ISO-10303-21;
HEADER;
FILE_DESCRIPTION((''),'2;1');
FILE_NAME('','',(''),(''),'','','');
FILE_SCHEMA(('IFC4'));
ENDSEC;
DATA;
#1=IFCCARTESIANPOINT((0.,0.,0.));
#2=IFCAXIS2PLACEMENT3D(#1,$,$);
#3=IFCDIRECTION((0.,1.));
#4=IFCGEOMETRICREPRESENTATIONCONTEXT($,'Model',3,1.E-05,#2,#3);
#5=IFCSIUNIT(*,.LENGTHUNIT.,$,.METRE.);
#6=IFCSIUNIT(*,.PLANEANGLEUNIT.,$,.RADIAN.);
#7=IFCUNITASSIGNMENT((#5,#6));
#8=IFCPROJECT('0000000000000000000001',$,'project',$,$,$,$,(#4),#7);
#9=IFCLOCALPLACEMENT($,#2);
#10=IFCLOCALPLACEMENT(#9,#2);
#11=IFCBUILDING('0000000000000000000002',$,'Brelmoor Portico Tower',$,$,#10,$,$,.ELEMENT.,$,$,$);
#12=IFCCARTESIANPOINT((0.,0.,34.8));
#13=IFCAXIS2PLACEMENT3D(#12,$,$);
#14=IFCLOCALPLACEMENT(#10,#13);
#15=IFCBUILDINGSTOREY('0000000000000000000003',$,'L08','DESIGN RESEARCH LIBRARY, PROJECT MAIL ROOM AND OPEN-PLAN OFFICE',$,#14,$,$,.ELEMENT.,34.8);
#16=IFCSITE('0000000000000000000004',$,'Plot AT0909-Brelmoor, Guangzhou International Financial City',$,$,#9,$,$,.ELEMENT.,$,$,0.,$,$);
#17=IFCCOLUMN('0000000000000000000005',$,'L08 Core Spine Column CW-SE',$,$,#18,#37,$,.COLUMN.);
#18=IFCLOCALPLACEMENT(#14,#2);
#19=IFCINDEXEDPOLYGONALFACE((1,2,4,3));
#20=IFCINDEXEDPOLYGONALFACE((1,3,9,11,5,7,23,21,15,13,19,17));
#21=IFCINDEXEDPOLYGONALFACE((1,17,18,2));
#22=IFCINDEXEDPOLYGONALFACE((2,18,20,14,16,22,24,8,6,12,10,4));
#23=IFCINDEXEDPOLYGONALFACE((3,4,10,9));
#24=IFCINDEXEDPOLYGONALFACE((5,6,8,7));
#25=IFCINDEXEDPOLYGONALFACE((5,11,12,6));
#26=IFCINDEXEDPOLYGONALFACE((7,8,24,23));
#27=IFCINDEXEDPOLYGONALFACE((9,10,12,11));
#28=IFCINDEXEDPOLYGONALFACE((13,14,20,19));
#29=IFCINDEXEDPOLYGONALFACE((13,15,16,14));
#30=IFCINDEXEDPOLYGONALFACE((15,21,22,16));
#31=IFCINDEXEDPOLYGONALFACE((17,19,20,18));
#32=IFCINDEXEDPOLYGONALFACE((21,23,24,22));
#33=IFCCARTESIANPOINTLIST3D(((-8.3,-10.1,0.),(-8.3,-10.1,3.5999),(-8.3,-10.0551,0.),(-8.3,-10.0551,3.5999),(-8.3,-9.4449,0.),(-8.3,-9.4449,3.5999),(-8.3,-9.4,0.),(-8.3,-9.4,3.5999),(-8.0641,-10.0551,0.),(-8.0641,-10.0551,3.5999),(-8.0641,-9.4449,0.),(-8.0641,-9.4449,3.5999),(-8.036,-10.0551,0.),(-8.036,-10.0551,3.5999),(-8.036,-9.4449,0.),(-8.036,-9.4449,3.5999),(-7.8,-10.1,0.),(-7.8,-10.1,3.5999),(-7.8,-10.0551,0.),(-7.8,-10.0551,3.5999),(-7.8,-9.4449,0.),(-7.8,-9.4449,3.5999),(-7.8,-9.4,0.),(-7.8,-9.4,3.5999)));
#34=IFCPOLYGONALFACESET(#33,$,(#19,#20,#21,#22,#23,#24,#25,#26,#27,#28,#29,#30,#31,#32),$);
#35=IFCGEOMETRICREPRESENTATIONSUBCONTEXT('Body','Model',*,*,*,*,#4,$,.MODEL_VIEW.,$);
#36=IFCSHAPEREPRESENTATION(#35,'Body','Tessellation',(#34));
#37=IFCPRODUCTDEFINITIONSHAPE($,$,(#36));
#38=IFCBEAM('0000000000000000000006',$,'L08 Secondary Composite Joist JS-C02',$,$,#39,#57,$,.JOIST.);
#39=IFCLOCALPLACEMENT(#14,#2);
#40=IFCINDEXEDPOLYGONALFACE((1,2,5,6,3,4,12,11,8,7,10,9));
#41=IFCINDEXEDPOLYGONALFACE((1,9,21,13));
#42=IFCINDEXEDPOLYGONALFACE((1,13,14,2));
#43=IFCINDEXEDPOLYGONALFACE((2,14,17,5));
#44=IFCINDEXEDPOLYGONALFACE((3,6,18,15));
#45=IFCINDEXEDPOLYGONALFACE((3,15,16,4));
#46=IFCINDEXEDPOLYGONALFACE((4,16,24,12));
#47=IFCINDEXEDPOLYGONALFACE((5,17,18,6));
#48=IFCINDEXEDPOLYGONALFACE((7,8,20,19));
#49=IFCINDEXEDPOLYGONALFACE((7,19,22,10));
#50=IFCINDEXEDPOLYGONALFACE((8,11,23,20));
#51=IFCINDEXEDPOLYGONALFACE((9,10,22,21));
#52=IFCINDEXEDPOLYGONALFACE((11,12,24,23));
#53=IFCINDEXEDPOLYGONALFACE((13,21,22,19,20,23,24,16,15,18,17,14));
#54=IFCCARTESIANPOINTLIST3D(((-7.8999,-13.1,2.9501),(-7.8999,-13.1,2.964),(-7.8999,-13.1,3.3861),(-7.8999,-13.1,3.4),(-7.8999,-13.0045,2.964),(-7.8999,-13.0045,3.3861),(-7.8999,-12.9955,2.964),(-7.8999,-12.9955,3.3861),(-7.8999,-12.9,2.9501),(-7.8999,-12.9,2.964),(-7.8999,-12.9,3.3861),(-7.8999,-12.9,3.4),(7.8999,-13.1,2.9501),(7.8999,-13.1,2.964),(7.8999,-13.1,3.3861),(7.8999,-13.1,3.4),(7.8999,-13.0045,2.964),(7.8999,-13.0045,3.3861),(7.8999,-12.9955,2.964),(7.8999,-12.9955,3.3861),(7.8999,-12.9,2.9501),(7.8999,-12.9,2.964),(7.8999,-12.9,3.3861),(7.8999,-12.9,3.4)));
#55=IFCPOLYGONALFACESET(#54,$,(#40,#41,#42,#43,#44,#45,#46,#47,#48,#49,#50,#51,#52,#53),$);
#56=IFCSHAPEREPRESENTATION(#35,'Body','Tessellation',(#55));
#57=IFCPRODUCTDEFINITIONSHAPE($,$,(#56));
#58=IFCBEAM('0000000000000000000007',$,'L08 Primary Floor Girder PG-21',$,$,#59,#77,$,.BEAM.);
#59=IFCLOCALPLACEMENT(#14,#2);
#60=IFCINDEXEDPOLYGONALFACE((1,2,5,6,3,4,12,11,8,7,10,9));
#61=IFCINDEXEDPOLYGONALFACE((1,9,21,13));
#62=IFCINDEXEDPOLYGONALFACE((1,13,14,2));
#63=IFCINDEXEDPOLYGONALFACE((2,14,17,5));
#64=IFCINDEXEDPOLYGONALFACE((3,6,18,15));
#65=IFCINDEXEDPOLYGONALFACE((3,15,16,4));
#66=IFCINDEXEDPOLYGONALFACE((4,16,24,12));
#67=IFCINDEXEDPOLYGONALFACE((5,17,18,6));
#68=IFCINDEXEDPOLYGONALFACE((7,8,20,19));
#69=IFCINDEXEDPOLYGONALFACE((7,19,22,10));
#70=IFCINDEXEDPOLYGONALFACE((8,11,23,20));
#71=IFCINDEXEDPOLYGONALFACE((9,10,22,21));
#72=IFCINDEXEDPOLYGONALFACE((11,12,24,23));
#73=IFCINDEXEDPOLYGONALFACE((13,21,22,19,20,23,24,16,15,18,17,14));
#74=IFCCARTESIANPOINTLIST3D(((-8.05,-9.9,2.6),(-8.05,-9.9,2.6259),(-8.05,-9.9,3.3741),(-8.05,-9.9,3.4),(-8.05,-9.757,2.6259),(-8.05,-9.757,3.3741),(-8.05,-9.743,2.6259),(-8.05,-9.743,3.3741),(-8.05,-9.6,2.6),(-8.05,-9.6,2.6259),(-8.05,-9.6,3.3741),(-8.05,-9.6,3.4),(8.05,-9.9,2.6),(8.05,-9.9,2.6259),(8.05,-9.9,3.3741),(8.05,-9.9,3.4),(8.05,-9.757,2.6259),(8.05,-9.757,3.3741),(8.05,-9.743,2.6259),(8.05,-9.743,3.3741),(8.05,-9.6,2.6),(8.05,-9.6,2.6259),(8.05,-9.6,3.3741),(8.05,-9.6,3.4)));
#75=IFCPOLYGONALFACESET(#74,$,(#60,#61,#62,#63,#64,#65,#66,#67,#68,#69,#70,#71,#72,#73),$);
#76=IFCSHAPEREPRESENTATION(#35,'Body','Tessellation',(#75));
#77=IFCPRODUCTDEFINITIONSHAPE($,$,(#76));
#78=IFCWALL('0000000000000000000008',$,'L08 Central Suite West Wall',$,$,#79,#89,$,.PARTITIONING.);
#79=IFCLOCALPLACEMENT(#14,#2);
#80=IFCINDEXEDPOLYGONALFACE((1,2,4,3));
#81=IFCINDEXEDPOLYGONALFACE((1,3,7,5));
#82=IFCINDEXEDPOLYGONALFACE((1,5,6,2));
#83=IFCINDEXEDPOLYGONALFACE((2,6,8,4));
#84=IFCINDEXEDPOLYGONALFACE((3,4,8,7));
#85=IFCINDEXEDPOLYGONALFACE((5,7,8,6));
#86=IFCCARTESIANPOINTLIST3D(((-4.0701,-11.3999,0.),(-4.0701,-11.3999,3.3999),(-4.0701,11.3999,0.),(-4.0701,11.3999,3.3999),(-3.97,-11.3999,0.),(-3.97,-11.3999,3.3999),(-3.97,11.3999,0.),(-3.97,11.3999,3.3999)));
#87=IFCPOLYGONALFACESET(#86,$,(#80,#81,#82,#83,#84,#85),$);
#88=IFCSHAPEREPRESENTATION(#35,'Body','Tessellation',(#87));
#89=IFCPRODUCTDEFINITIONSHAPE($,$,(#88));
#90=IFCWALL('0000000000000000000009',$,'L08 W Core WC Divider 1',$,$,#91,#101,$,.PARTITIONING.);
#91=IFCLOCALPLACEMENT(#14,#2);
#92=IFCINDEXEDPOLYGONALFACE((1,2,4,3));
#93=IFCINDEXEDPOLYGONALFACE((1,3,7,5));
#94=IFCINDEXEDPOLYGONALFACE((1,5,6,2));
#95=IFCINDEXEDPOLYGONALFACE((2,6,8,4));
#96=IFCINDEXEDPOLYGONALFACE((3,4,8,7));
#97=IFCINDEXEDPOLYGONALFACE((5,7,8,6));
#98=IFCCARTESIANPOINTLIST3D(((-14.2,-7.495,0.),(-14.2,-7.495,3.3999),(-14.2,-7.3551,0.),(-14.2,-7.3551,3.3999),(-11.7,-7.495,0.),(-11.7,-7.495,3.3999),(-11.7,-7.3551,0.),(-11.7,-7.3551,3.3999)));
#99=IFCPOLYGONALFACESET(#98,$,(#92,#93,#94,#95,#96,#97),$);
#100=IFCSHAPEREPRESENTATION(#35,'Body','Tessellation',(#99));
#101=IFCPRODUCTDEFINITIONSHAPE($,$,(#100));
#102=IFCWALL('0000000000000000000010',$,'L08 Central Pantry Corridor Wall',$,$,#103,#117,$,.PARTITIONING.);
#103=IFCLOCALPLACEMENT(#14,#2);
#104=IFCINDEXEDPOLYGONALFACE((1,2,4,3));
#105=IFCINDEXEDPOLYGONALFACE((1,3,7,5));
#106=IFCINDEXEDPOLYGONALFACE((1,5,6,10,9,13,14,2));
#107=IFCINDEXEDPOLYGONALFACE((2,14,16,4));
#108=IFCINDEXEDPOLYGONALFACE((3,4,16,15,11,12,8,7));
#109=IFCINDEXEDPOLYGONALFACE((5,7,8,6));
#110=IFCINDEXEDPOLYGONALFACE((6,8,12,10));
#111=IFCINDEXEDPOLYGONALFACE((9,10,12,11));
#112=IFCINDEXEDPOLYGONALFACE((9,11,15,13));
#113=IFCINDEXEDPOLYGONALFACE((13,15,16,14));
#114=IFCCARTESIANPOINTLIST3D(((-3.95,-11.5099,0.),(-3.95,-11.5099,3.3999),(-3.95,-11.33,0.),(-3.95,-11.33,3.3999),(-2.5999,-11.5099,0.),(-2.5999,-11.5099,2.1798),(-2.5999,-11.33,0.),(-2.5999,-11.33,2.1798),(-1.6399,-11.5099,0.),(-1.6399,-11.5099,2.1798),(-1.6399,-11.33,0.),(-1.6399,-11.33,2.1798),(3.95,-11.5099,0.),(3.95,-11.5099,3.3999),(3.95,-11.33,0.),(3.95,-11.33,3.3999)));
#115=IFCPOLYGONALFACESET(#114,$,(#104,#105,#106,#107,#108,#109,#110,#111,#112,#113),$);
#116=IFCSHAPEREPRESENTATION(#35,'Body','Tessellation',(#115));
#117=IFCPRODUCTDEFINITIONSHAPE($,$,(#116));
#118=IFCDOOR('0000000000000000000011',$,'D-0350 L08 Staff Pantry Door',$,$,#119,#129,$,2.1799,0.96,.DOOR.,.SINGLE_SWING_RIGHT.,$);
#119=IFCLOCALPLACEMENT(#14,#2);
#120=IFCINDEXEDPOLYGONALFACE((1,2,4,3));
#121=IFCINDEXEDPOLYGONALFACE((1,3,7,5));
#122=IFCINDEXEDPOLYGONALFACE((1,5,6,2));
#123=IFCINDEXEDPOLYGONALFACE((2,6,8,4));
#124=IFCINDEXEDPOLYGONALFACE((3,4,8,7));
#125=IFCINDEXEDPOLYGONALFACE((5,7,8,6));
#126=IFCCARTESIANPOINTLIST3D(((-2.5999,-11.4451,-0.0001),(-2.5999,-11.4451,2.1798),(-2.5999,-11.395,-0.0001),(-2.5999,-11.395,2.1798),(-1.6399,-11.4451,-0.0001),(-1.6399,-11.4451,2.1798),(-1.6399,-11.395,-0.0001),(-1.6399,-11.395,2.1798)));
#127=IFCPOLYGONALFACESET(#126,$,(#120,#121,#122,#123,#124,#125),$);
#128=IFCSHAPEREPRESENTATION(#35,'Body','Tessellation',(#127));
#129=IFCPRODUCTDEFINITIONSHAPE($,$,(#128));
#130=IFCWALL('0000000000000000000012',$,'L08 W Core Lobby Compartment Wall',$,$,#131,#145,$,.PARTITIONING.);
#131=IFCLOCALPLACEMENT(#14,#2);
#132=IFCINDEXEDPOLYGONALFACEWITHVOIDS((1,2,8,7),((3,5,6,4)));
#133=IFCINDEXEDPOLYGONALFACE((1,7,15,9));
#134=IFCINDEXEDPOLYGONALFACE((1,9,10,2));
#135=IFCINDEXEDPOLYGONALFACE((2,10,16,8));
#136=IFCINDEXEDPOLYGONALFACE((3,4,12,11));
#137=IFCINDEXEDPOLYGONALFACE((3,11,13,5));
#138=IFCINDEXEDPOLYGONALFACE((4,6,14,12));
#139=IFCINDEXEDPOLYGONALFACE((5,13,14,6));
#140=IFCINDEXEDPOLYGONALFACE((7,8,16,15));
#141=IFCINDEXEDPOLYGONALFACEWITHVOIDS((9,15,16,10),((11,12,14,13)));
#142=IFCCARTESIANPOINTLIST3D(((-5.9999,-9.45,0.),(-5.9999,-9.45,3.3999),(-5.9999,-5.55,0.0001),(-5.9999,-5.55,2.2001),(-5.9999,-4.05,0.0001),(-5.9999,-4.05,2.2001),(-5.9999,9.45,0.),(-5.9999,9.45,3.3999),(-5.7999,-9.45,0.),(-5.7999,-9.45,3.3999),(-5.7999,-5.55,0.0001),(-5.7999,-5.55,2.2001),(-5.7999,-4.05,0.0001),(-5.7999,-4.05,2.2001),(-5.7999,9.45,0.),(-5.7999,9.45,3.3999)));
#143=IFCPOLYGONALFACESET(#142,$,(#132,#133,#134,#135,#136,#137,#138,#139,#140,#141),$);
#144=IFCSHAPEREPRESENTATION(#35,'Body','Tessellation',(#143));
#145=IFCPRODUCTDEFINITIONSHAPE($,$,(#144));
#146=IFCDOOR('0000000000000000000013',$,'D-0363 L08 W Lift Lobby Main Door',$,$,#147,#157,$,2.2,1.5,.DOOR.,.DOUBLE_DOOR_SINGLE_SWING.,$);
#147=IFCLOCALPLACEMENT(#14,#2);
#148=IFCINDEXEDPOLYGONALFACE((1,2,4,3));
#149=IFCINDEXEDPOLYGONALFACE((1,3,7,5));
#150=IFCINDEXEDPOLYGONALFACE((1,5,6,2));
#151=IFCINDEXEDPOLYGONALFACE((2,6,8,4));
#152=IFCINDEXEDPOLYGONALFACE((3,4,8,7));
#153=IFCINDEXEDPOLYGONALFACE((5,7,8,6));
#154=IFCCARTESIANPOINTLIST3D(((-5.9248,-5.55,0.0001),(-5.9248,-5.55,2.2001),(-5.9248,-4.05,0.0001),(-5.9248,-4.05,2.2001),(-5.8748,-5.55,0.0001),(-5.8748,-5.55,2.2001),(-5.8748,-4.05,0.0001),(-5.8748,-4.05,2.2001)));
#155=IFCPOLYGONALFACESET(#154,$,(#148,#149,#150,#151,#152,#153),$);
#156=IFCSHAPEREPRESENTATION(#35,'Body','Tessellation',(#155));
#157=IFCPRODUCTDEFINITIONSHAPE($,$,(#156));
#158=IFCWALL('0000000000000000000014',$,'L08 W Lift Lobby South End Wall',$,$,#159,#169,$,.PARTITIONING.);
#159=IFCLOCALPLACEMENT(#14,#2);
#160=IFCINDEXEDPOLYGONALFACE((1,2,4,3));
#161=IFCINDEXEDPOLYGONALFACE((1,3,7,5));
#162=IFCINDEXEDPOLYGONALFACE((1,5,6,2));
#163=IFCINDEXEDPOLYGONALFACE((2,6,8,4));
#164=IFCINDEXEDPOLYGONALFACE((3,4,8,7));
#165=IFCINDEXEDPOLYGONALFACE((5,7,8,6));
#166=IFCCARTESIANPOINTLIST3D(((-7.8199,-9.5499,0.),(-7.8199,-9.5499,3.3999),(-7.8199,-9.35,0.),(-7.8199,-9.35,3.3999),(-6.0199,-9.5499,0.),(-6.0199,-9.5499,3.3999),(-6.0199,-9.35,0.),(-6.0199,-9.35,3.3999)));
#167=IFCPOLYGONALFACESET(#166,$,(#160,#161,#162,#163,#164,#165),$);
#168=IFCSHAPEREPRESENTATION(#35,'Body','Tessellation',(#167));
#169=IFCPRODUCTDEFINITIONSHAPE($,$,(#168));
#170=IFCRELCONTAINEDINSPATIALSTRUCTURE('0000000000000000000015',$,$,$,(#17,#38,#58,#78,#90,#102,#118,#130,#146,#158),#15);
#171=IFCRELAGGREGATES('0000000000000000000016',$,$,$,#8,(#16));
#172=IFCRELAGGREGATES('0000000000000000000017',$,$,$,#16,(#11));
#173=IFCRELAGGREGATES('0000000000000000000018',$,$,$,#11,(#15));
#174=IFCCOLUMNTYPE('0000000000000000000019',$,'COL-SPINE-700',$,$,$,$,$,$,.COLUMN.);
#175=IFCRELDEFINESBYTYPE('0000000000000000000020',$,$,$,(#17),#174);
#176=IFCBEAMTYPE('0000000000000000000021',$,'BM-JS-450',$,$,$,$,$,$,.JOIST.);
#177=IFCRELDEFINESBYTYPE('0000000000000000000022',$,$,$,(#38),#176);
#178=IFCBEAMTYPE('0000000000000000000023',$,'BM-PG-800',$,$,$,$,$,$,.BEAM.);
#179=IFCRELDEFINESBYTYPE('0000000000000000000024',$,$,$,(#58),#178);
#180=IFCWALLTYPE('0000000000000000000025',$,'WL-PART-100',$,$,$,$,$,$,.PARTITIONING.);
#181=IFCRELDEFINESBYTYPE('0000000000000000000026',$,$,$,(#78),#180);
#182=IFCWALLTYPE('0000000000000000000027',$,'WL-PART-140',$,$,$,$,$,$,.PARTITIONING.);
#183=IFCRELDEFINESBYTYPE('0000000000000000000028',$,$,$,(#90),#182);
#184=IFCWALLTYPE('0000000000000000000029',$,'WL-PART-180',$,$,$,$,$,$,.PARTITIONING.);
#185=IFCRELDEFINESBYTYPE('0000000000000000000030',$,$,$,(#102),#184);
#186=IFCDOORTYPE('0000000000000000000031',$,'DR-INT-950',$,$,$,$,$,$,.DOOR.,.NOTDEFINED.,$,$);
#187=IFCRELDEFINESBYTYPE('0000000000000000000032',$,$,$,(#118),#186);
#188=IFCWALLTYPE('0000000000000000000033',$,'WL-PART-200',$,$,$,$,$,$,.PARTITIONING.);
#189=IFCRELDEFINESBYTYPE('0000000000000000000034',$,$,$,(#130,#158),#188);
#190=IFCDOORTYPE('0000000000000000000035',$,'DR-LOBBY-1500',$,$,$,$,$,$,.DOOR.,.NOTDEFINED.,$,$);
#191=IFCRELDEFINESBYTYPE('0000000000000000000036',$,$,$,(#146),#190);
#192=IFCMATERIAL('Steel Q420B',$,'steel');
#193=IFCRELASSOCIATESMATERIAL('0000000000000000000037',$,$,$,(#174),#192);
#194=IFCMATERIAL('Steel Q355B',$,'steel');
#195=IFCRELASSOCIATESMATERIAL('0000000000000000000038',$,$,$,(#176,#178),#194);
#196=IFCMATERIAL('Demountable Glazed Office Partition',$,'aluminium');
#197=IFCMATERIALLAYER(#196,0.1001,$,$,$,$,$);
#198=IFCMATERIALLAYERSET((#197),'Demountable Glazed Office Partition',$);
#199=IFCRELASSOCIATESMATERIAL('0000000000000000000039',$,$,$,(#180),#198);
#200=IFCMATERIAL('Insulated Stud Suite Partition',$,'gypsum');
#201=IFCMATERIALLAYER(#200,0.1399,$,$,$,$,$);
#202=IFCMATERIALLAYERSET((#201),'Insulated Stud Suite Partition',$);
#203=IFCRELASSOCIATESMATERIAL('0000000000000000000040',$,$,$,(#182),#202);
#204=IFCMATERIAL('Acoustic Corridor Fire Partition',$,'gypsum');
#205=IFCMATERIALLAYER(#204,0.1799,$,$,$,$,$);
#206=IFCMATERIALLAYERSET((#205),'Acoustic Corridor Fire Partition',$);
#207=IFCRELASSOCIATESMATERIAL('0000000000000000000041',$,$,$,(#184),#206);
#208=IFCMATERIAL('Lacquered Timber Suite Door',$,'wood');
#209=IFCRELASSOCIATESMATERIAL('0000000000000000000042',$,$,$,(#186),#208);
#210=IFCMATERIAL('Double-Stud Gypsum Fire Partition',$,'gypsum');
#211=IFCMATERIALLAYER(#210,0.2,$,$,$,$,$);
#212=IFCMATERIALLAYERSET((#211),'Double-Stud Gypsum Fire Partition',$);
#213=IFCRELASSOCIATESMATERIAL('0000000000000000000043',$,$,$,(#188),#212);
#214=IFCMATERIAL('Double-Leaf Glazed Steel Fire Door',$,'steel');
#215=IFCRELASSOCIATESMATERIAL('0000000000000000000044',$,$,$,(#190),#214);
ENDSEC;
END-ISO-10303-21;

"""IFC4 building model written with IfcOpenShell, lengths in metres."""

from ifc_helpers import new_model, si_unit, direction, frame, frame_2d, origin, origin_2d, place, context, subcontext, project, spatial, rectangle, i_section, extrude, material, layer, layer_set, material_profile, profile_set, type_object, element, fill, save


model = new_model("IFC4")

# Units and contexts
model_context = context("Model", 3, precision=1e-05, world=origin(), true_north=direction((0.0, 1.0)))
body_context = subcontext(model_context, "Body", "Model", "MODEL_VIEW")
ifc_project = project(units=[si_unit("LENGTHUNIT", "METRE"), si_unit("PLANEANGLEUNIT", "RADIAN")], contexts=[model_context])

# Site, building, storey
site_placement = place(None, origin())
site = spatial("IfcSite", under=ifc_project, at=site_placement, Name="Plot AT0909-Brelmoor, Guangzhou International Financial City", CompositionType="ELEMENT", RefElevation=0.0)
building_placement = place(site_placement, origin())
building = spatial("IfcBuilding", under=site, at=building_placement, Name="Brelmoor Portico Tower", CompositionType="ELEMENT")
storey_placement = place(building_placement, frame((0.0, 0.0, 34.8)))
storey = spatial("IfcBuildingStorey", under=building, at=storey_placement, Name="L08", Description="DESIGN RESEARCH LIBRARY, PROJECT MAIL ROOM AND OPEN-PLAN OFFICE", CompositionType="ELEMENT", Elevation=34.8)

# Column
ifc_material_1 = material(Name="Steel Q420B", Category="steel")
ifc_material_profile_1 = material_profile(ifc_material_1, i_section(OverallWidth=0.5, OverallDepth=0.7, WebThickness=0.0281, FlangeThickness=0.0449, at=origin_2d()), Name="HW 700x500x28x45")
ifc_profile_set_1 = profile_set([ifc_material_profile_1], Name="Steel Q420B")
column_type = type_object("IfcColumnType", Name="COL-SPINE-700", PredefinedType="COLUMN", material=ifc_profile_set_1)
column_placement = place(storey_placement, frame((-8.05, -9.75, 0.0), z_axis=(0.0, 0.0, 1.0), x_axis=(1.0, 0.0, 0.0)))
element("IfcColumn", 1, at=column_placement, inside=storey, type_object=column_type, Name="L08 Core Spine Column CW-SE", PredefinedType="COLUMN", context=body_context, shape_type="SweptSolid", body=[
    extrude(i_section(OverallWidth=0.5, OverallDepth=0.7, WebThickness=0.0281, FlangeThickness=0.0449, at=origin_2d()), origin(), (0.0, 0.0, 1.0), 3.5999),
])

# Beams
ifc_material_2 = material(Name="Steel Q355B", Category="steel")
ifc_material_profile_2 = material_profile(ifc_material_2, i_section(OverallWidth=0.2, OverallDepth=0.45, WebThickness=0.009, FlangeThickness=0.0139, at=origin_2d()), Name="HN 450x200x9x14")
ifc_profile_set_2 = profile_set([ifc_material_profile_2], Name="Steel Q355B")
beam_type_1 = type_object("IfcBeamType", Name="BM-JS-450", PredefinedType="JOIST", material=ifc_profile_set_2)
beam_1_placement = place(storey_placement, frame((-7.8999, -13.0, 3.175), z_axis=(1.0, 0.0, 0.0), x_axis=(0.0, 1.0, 0.0)))
element("IfcBeam", 2, at=beam_1_placement, inside=storey, type_object=beam_type_1, Name="L08 Secondary Composite Joist JS-C02", PredefinedType="JOIST", context=body_context, shape_type="SweptSolid", body=[
    extrude(i_section(OverallWidth=0.2, OverallDepth=0.45, WebThickness=0.009, FlangeThickness=0.0139, at=origin_2d()), origin(), (0.0, 0.0, 1.0), 15.7998),
])
ifc_material_profile_3 = material_profile(ifc_material_2, i_section(OverallWidth=0.3, OverallDepth=0.8, WebThickness=0.0139, FlangeThickness=0.0259, at=origin_2d()), Name="HN 800x300x14x26")
ifc_profile_set_3 = profile_set([ifc_material_profile_3], Name="Steel Q355B")
beam_type_2 = type_object("IfcBeamType", Name="BM-PG-800", PredefinedType="BEAM", material=ifc_profile_set_3)
beam_2_placement = place(storey_placement, frame((-8.05, -9.75, 3.0), z_axis=(1.0, 0.0, 0.0), x_axis=(0.0, 1.0, 0.0)))
element("IfcBeam", 3, at=beam_2_placement, inside=storey, type_object=beam_type_2, Name="L08 Primary Floor Girder PG-21", PredefinedType="BEAM", context=body_context, shape_type="SweptSolid", body=[
    extrude(i_section(OverallWidth=0.3, OverallDepth=0.8, WebThickness=0.0139, FlangeThickness=0.0259, at=origin_2d()), origin(), (0.0, 0.0, 1.0), 16.1001),
])

# Walls
ifc_material_3 = material(Name="Demountable Glazed Office Partition", Category="aluminium")
ifc_layer_1 = layer(ifc_material_3, 0.1001)
ifc_layer_set_1 = layer_set([ifc_layer_1], Name="Demountable Glazed Office Partition")
wall_type_1 = type_object("IfcWallType", Name="WL-PART-100", PredefinedType="PARTITIONING", material=ifc_layer_set_1)
wall_1_placement = place(storey_placement, frame((-4.02, -11.3999, 0.0), z_axis=(0.0, 0.0, 1.0), x_axis=(0.0, 1.0, 0.0)))
element("IfcWall", 4, at=wall_1_placement, inside=storey, type_object=wall_type_1, Name="L08 Central Suite West Wall", PredefinedType="PARTITIONING", context=body_context, shape_type="SweptSolid", body=[
    extrude(rectangle(XDim=22.7998, YDim=0.1001, at=frame_2d((11.3999, 0.0))), origin(), (0.0, 0.0, 1.0), 3.3999),
])
ifc_material_4 = material(Name="Insulated Stud Suite Partition", Category="gypsum")
ifc_layer_2 = layer(ifc_material_4, 0.1399)
ifc_layer_set_2 = layer_set([ifc_layer_2], Name="Insulated Stud Suite Partition")
wall_type_2 = type_object("IfcWallType", Name="WL-PART-140", PredefinedType="PARTITIONING", material=ifc_layer_set_2)
wall_2_placement = place(storey_placement, frame((-11.7, -7.425, 0.0), z_axis=(0.0, 0.0, 1.0), x_axis=(-1.0, 0.0, 0.0)))
element("IfcWall", 5, at=wall_2_placement, inside=storey, type_object=wall_type_2, Name="L08 W Core WC Divider 1", PredefinedType="PARTITIONING", context=body_context, shape_type="SweptSolid", body=[
    extrude(rectangle(XDim=2.5, YDim=0.1399, at=frame_2d((1.25, 0.0))), origin(), (0.0, 0.0, 1.0), 3.3999),
])

# Shared definitions
ifc_material_5 = material(Name="Lacquered Timber Suite Door", Category="wood")

# Walls, openings, doors
ifc_material_6 = material(Name="Acoustic Corridor Fire Partition", Category="gypsum")
ifc_layer_3 = layer(ifc_material_6, 0.1799)
ifc_layer_set_3 = layer_set([ifc_layer_3], Name="Acoustic Corridor Fire Partition")
wall_type_3 = type_object("IfcWallType", Name="WL-PART-180", PredefinedType="PARTITIONING", material=ifc_layer_set_3)
wall_3_placement = place(storey_placement, frame((-3.95, -11.4199, 0.0), z_axis=(0.0, 0.0, 1.0), x_axis=(1.0, 0.0, 0.0)))
wall_3 = element("IfcWall", 6, at=wall_3_placement, inside=storey, type_object=wall_type_3, Name="L08 Central Pantry Corridor Wall", PredefinedType="PARTITIONING", context=body_context, shape_type="SweptSolid", body=[
    extrude(rectangle(XDim=7.8999, YDim=0.1799, at=frame_2d((3.95, 0.0))), origin(), (0.0, 0.0, 1.0), 3.3999),
])
opening_1_placement = place(wall_3_placement, frame((1.3501, 0.0, 0.0)))
opening_1 = element("IfcOpeningElement", 7, at=opening_1_placement, cuts=wall_3, PredefinedType="OPENING", context=body_context, shape_type="SweptSolid", body=[
    extrude(rectangle(XDim=0.96, YDim=2.1799, at=frame_2d((0.48, 1.0898))), frame((0.0, 0.0999, 0.0), z_axis=(0.0, -1.0, 0.0), x_axis=(1.0, 0.0, 0.0)), (0.0, 0.0, 1.0), 0.2),
])
door_type_1 = type_object("IfcDoorType", Name="DR-INT-950", OperationType="NOTDEFINED", PredefinedType="DOOR", material=ifc_material_5)
door_1_placement = place(opening_1_placement, origin())
door_1 = element("IfcDoor", 8, at=door_1_placement, inside=storey, type_object=door_type_1, Name="D-0350 L08 Staff Pantry Door", OperationType="SINGLE_SWING_RIGHT", OverallHeight=2.1799, OverallWidth=0.96, PredefinedType="DOOR", context=body_context, shape_type="SweptSolid", body=[
    extrude(rectangle(XDim=0.96, YDim=2.1799, at=frame_2d((0.48, 1.0898))), frame((0.0, 0.0249, 0.0), z_axis=(0.0, -1.0, 0.0), x_axis=(1.0, 0.0, 0.0)), (0.0, 0.0, 1.0), 0.05),
])
fill(opening_1, door_1)
ifc_material_7 = material(Name="Double-Stud Gypsum Fire Partition", Category="gypsum")
ifc_layer_4 = layer(ifc_material_7, 0.2)
ifc_layer_set_4 = layer_set([ifc_layer_4], Name="Double-Stud Gypsum Fire Partition")
wall_type_4 = type_object("IfcWallType", Name="WL-PART-200", PredefinedType="PARTITIONING", material=ifc_layer_set_4)
wall_4_placement = place(storey_placement, frame((-5.8999, -9.45, 0.0), z_axis=(0.0, 0.0, 1.0), x_axis=(0.0, 1.0, 0.0)))
wall_4 = element("IfcWall", 9, at=wall_4_placement, inside=storey, type_object=wall_type_4, Name="L08 W Core Lobby Compartment Wall", PredefinedType="PARTITIONING", context=body_context, shape_type="SweptSolid", body=[
    extrude(rectangle(XDim=18.8999, YDim=0.2, at=frame_2d((9.45, 0.0))), origin(), (0.0, 0.0, 1.0), 3.3999),
])
opening_2_placement = place(wall_4_placement, frame((3.8999, 0.0, 0.0)))
opening_2 = element("IfcOpeningElement", 10, at=opening_2_placement, cuts=wall_4, PredefinedType="OPENING", context=body_context, shape_type="SweptSolid", body=[
    extrude(rectangle(XDim=1.5, YDim=2.2, at=frame_2d((0.75, 1.1001))), frame((0.0, 0.1099, 0.0), z_axis=(0.0, -1.0, 0.0), x_axis=(1.0, 0.0, 0.0)), (0.0, 0.0, 1.0), 0.22),
])
ifc_material_8 = material(Name="Double-Leaf Glazed Steel Fire Door", Category="steel")
door_type_2 = type_object("IfcDoorType", Name="DR-LOBBY-1500", OperationType="NOTDEFINED", PredefinedType="DOOR", material=ifc_material_8)
door_2_placement = place(opening_2_placement, origin())
door_2 = element("IfcDoor", 11, at=door_2_placement, inside=storey, type_object=door_type_2, Name="D-0363 L08 W Lift Lobby Main Door", OperationType="DOUBLE_DOOR_SINGLE_SWING", OverallHeight=2.2, OverallWidth=1.5, PredefinedType="DOOR", context=body_context, shape_type="SweptSolid", body=[
    extrude(rectangle(XDim=1.5, YDim=2.2, at=frame_2d((0.75, 1.1001))), frame((0.0, 0.0249, 0.0), z_axis=(0.0, -1.0, 0.0), x_axis=(1.0, 0.0, 0.0)), (0.0, 0.0, 1.0), 0.05),
])
fill(opening_2, door_2)

# Wall
wall_5_placement = place(storey_placement, frame((-6.02, -9.45, 0.0), z_axis=(0.0, 0.0, 1.0), x_axis=(-1.0, 0.0, 0.0)))
element("IfcWall", 12, at=wall_5_placement, inside=storey, type_object=wall_type_4, Name="L08 W Lift Lobby South End Wall", PredefinedType="PARTITIONING", context=body_context, shape_type="SweptSolid", body=[
    extrude(rectangle(XDim=1.8, YDim=0.2, at=frame_2d((0.8999, 0.0))), origin(), (0.0, 0.0, 1.0), 3.3999),
])

save(model, "model.ifc")
